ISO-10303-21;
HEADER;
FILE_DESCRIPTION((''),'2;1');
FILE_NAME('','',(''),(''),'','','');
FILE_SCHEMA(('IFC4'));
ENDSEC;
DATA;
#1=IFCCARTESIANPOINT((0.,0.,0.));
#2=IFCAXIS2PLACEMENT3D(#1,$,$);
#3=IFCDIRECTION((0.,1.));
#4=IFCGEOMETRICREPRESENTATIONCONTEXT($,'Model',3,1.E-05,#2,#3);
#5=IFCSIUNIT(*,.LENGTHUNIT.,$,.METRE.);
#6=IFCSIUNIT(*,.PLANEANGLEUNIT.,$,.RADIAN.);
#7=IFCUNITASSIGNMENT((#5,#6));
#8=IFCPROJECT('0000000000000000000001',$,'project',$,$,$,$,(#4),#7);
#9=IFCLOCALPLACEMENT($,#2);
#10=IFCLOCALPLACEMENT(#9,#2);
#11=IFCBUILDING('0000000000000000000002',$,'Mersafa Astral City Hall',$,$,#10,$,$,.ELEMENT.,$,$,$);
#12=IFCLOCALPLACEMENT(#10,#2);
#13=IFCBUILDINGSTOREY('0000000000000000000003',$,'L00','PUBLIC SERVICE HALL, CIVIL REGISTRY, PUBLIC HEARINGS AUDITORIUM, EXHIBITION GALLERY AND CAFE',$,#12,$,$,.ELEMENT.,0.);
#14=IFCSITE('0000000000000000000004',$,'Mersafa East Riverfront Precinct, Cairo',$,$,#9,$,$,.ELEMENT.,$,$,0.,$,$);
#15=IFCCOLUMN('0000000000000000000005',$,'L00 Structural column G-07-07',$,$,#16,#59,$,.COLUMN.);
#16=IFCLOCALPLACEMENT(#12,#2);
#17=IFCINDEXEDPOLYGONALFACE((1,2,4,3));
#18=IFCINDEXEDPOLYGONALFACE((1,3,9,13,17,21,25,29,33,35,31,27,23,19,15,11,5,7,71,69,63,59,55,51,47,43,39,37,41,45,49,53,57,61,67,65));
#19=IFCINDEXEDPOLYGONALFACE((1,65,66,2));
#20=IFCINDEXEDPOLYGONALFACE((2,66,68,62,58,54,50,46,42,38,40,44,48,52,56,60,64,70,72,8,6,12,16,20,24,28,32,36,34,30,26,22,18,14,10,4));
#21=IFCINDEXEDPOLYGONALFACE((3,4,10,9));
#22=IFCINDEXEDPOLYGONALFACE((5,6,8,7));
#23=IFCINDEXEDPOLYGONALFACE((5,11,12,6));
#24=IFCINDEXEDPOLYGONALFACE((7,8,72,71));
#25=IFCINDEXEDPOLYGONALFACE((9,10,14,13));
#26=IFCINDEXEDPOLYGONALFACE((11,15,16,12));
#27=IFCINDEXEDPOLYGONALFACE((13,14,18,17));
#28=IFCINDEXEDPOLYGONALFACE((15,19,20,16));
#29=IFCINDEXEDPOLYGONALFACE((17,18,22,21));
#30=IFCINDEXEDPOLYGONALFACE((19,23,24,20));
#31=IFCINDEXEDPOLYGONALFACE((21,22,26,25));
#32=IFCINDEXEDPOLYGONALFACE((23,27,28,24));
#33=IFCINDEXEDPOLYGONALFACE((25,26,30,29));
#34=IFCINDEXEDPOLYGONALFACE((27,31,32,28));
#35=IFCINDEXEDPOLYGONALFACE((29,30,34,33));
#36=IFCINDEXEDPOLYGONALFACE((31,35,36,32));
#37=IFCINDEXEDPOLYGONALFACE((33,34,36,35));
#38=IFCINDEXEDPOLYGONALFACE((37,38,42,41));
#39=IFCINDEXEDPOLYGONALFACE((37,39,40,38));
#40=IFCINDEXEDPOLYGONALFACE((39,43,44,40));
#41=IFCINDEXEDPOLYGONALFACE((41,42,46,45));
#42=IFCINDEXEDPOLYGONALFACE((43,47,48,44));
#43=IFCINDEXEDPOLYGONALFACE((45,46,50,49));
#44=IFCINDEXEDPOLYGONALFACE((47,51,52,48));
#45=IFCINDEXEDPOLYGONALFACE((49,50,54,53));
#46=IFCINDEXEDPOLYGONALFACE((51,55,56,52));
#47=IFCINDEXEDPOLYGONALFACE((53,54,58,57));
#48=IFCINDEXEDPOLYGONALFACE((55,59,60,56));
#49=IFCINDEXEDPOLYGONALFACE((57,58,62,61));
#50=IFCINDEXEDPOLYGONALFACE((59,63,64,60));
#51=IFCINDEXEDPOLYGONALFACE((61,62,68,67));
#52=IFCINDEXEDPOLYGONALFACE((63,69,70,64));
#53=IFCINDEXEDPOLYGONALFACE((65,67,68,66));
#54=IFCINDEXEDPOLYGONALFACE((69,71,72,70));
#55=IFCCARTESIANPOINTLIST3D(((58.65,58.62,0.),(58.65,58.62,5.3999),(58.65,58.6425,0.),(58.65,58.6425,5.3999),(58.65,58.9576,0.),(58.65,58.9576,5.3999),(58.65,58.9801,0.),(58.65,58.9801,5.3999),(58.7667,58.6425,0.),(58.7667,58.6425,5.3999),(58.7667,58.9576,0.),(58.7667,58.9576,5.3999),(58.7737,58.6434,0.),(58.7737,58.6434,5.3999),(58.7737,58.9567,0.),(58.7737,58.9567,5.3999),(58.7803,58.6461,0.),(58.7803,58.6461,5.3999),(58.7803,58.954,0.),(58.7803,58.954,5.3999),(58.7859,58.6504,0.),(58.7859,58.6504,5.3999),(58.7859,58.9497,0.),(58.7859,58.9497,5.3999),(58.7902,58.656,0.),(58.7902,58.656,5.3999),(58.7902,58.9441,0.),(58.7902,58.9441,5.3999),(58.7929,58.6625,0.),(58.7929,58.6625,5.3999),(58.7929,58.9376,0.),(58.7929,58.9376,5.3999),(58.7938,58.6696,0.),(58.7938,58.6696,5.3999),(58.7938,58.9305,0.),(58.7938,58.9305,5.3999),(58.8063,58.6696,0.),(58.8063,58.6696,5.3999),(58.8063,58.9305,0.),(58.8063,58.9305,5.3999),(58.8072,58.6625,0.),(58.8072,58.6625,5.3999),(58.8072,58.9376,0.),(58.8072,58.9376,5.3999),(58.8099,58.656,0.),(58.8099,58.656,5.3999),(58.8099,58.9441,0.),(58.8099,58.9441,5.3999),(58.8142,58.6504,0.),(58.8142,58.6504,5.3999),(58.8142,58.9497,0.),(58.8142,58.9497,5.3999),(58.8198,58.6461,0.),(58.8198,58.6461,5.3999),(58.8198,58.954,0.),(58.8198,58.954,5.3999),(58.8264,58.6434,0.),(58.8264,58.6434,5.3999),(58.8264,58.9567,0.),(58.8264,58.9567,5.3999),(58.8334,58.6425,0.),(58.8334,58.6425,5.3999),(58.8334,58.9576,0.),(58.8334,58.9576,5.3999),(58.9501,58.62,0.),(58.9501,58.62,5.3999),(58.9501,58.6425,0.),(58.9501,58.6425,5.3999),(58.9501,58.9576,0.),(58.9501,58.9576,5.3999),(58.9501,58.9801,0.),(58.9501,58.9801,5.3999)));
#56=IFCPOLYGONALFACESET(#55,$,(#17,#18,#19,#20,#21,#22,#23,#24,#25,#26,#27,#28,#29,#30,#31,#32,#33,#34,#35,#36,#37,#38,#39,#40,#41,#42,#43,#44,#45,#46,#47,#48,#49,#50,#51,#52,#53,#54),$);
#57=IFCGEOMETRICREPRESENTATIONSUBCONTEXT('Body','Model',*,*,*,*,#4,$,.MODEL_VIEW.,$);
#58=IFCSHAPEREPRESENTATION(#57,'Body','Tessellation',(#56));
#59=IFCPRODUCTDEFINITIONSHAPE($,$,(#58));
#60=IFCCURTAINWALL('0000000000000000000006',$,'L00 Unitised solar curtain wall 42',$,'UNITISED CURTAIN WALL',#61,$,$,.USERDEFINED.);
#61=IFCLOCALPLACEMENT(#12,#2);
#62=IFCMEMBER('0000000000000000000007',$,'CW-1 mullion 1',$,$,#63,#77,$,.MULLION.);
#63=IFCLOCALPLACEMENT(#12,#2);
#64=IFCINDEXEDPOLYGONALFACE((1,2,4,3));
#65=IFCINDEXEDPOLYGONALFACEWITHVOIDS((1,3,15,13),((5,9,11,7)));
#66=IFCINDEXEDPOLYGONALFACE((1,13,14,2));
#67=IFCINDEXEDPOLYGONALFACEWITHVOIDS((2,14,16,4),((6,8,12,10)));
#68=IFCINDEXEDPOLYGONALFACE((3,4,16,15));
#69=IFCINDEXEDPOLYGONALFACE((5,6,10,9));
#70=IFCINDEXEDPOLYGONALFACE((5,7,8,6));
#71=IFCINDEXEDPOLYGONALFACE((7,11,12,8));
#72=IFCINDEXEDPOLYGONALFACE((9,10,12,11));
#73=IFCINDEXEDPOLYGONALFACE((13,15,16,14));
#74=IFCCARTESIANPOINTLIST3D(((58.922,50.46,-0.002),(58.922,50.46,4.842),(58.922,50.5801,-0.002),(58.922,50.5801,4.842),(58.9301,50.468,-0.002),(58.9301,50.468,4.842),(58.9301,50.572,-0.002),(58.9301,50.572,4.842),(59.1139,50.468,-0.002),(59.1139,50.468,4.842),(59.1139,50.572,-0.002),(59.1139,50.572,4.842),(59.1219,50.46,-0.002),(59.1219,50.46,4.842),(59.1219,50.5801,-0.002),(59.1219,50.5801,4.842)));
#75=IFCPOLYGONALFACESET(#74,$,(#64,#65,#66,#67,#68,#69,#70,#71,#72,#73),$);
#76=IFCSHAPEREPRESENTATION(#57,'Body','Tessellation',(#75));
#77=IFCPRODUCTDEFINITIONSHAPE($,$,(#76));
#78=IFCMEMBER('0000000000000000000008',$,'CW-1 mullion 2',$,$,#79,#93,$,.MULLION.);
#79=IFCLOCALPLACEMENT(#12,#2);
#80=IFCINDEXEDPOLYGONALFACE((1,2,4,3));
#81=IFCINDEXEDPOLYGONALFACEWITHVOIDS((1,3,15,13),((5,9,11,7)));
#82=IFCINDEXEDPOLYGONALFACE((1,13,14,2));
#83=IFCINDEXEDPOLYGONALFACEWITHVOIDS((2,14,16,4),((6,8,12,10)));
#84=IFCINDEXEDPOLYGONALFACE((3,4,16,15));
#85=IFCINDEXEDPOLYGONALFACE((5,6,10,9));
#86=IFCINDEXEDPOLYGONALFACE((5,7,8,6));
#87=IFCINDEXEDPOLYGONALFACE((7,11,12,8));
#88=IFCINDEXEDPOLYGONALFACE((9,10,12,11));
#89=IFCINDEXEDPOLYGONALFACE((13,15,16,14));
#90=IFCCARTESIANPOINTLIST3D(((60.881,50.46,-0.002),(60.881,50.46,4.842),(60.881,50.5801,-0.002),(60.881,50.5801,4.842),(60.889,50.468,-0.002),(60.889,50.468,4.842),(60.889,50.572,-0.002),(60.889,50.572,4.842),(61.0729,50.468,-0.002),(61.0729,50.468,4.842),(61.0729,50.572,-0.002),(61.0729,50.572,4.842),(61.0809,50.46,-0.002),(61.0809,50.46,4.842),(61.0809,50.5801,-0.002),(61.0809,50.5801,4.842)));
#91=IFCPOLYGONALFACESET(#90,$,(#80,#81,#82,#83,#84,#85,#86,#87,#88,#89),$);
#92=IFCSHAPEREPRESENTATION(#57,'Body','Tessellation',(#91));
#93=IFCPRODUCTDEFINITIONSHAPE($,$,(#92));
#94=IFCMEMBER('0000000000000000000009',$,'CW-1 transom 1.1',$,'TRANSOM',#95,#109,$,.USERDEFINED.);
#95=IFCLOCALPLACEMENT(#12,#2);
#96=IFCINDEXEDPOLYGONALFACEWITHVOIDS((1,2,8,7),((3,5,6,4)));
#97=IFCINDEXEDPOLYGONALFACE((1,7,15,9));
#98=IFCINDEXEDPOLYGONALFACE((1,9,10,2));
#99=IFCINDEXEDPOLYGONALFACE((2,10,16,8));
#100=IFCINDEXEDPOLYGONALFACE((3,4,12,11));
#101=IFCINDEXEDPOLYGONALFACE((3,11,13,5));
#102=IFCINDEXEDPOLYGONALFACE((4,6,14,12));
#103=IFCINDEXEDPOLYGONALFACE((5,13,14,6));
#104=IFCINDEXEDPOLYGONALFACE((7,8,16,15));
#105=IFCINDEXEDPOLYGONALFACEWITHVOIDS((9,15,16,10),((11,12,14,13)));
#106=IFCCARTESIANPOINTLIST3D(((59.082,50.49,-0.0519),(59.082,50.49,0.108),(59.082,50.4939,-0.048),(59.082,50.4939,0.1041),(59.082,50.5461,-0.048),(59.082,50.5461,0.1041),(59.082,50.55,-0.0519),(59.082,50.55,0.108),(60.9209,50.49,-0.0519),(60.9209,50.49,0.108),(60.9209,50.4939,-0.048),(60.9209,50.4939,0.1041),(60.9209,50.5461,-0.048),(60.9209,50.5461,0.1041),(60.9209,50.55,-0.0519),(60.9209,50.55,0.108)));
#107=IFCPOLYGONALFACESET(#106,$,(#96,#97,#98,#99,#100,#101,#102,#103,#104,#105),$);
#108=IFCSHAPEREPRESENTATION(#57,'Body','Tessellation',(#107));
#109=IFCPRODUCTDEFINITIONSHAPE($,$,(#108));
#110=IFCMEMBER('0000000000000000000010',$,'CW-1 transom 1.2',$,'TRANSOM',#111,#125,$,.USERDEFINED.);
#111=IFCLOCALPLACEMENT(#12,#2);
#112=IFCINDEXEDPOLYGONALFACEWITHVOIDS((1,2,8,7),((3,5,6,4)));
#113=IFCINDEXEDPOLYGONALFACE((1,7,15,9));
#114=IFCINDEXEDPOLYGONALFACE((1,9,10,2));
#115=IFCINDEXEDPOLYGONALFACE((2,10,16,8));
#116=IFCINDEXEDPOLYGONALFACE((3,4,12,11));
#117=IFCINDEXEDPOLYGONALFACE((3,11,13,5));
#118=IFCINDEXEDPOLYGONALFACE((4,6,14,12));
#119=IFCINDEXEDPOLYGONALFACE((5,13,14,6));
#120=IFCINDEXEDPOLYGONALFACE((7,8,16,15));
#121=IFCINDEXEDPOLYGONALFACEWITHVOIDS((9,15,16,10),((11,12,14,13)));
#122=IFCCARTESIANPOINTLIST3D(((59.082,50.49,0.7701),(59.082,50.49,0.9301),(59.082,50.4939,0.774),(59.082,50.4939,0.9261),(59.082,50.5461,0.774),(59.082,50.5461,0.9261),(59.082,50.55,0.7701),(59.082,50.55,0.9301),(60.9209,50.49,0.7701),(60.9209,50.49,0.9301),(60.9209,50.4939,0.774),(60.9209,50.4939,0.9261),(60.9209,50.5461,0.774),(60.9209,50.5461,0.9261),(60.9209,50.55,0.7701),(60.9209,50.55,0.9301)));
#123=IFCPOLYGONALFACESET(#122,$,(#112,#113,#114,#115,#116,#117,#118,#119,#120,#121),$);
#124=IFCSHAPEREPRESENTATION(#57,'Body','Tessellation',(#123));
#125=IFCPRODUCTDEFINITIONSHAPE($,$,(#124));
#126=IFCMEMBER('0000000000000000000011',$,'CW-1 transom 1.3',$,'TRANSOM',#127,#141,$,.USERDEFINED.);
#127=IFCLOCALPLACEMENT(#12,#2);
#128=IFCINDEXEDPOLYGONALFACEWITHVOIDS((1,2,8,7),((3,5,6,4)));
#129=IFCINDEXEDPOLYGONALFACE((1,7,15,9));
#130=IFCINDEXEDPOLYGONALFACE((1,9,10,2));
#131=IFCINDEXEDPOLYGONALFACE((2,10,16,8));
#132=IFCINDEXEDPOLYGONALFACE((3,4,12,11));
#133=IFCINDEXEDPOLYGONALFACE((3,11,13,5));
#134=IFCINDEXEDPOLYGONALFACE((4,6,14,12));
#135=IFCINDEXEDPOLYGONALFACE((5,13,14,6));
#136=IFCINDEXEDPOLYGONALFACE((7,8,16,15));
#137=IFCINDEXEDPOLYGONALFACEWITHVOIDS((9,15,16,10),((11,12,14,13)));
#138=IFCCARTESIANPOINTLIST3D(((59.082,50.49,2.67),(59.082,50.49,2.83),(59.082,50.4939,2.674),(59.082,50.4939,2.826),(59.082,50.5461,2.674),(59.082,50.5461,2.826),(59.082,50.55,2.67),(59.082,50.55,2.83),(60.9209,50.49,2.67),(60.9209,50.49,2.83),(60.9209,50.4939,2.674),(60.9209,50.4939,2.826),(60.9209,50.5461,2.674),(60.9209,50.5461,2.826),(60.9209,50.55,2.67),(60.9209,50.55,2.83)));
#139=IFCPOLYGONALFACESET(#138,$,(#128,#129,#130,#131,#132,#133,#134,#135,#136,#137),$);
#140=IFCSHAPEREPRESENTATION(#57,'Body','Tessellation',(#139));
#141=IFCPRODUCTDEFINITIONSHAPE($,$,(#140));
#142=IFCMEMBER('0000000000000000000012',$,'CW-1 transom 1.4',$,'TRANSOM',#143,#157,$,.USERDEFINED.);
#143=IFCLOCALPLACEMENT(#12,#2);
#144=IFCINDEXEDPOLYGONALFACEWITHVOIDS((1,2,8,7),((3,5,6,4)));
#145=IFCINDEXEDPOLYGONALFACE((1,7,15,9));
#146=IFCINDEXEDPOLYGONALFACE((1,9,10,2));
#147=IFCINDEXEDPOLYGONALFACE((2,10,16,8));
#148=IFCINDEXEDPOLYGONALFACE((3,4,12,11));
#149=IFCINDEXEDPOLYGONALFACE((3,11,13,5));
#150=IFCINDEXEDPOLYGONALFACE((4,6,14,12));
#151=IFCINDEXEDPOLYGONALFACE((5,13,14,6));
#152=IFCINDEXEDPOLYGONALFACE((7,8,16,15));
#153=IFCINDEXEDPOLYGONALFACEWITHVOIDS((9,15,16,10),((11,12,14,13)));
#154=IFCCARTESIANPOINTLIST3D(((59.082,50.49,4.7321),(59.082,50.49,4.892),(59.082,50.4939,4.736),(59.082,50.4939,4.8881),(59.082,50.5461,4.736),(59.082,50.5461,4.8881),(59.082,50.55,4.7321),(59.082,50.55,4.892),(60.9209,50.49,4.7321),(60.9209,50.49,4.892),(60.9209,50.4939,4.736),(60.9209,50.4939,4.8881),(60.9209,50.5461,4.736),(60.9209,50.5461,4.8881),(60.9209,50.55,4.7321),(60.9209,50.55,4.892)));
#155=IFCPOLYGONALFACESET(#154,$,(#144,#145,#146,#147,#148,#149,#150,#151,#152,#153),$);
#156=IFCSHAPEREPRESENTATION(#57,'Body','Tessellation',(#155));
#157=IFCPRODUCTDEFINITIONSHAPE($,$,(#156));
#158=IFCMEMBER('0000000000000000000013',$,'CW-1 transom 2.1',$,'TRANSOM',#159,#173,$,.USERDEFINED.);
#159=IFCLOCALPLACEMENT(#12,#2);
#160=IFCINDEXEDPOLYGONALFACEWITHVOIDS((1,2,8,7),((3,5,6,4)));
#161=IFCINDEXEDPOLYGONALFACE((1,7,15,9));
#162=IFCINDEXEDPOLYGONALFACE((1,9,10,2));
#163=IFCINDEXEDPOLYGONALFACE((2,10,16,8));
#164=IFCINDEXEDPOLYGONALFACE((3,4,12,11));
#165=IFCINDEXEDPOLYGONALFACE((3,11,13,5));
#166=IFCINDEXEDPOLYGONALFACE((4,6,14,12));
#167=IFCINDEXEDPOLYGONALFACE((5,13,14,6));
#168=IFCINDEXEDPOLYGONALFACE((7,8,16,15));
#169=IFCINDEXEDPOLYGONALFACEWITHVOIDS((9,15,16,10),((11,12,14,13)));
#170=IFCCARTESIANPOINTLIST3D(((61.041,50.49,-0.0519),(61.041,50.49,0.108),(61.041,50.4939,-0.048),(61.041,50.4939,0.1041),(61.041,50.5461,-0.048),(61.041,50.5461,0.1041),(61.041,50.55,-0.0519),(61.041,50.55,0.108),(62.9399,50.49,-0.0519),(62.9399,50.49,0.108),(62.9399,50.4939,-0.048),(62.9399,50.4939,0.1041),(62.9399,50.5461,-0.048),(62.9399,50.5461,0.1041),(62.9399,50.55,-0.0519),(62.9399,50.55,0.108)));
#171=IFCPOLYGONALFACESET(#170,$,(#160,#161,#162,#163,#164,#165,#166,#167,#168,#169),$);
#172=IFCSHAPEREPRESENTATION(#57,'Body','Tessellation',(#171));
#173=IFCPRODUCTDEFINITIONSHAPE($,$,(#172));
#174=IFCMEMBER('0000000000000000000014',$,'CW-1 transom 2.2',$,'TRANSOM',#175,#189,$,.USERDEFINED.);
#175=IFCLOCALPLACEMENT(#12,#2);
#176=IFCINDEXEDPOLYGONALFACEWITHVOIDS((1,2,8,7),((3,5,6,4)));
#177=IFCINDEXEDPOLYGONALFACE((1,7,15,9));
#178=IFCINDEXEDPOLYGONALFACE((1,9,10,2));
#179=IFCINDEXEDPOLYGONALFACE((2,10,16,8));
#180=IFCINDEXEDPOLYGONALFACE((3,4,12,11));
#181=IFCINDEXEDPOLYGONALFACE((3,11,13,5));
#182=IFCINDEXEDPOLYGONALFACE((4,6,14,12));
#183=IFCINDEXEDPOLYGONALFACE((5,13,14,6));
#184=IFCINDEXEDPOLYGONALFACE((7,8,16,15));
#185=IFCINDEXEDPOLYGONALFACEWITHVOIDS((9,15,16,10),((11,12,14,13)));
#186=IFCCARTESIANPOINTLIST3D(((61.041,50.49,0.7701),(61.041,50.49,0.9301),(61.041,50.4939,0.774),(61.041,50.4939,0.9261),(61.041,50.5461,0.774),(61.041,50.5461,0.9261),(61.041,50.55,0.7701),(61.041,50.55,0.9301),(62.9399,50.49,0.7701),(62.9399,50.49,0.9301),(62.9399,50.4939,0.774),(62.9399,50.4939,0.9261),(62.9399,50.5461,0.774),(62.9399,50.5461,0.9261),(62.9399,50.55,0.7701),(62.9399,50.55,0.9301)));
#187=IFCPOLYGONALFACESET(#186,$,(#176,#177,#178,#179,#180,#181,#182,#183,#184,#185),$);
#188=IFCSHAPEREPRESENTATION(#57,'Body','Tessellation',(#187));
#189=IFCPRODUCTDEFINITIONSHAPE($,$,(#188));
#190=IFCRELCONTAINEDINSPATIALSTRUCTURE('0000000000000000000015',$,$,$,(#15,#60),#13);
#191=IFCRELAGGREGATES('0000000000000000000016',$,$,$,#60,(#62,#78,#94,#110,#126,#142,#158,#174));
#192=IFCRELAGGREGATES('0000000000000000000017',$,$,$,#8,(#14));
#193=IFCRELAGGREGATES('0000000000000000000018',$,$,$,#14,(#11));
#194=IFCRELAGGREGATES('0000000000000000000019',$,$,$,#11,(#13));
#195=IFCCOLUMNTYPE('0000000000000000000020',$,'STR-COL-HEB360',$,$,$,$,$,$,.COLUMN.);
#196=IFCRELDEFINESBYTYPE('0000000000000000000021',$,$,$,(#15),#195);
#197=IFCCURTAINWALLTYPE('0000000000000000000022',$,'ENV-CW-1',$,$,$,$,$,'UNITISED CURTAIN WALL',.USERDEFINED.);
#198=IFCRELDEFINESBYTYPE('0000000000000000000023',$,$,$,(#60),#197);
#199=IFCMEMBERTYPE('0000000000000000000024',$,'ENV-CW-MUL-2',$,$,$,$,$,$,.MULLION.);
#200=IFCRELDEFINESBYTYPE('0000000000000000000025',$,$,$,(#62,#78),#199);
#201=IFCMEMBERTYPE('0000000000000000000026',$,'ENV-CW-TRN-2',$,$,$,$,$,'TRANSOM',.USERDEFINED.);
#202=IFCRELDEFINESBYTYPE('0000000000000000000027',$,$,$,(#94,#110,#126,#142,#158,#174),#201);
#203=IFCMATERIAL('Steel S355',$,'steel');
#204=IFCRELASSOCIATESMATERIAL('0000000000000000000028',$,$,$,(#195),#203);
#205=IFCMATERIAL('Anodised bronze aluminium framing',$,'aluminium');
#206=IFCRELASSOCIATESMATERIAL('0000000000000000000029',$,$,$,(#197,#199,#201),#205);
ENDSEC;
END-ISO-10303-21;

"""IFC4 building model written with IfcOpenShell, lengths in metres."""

from ifc_helpers import new_model, si_unit, direction, frame, origin, origin_2d, place, context, subcontext, project, spatial, hollow_rectangle, i_section, extrude, material, material_profile, profile_set, type_object, element, aggregate, save


model = new_model("IFC4")

# Units and contexts
model_context = context("Model", 3, precision=1e-05, world=origin(), true_north=direction((0.0, 1.0)))
body_context = subcontext(model_context, "Body", "Model", "MODEL_VIEW")
ifc_project = project(units=[si_unit("LENGTHUNIT", "METRE"), si_unit("PLANEANGLEUNIT", "RADIAN")], contexts=[model_context])

# Site, building, storey
site_placement = place(None, origin())
site = spatial("IfcSite", under=ifc_project, at=site_placement, Name="Mersafa East Riverfront Precinct, Cairo", CompositionType="ELEMENT", RefElevation=0.0)
building_placement = place(site_placement, origin())
building = spatial("IfcBuilding", under=site, at=building_placement, Name="Mersafa Astral City Hall", CompositionType="ELEMENT")
storey_placement = place(building_placement, origin())
storey = spatial("IfcBuildingStorey", under=building, at=storey_placement, Name="L00", Description="PUBLIC SERVICE HALL, CIVIL REGISTRY, PUBLIC HEARINGS AUDITORIUM, EXHIBITION GALLERY AND CAFE", CompositionType="ELEMENT", Elevation=0.0)

# Column
ifc_material_1 = material(Name="Steel S355", Category="steel")
ifc_material_profile_1 = material_profile(ifc_material_1, i_section(OverallWidth=0.3, OverallDepth=0.3601, WebThickness=0.0125, FlangeThickness=0.0225, FilletRadius=0.0271, at=origin_2d()), Name="HEB 360")
ifc_profile_set_1 = profile_set([ifc_material_profile_1], Name="Steel S355")
column_type = type_object("IfcColumnType", Name="STR-COL-HEB360", PredefinedType="COLUMN", material=ifc_profile_set_1)
column_placement = place(storey_placement, frame((58.8, 58.8, 0.0), z_axis=(0.0, 0.0, 1.0), x_axis=(1.0, 0.0, 0.0)))
element("IfcColumn", 1, at=column_placement, inside=storey, type_object=column_type, Name="L00 Structural column G-07-07", PredefinedType="COLUMN", context=body_context, shape_type="SweptSolid", body=[
    extrude(i_section(OverallWidth=0.3, OverallDepth=0.3601, WebThickness=0.0125, FlangeThickness=0.0225, FilletRadius=0.0271, at=origin_2d()), origin(), (0.0, 0.0, 1.0), 5.3999),
])

# Curtain wall, members
ifc_material_2 = material(Name="Anodised bronze aluminium framing", Category="aluminium")
curtain_wall_type = type_object("IfcCurtainWallType", Name="ENV-CW-1", ElementType="UNITISED CURTAIN WALL", PredefinedType="USERDEFINED", material=ifc_material_2)
curtain_wall_placement = place(storey_placement, origin())
curtain_wall = element("IfcCurtainWall", 2, at=curtain_wall_placement, inside=storey, type_object=curtain_wall_type, Name="L00 Unitised solar curtain wall 42", ObjectType="UNITISED CURTAIN WALL", PredefinedType="USERDEFINED")
ifc_material_profile_2 = material_profile(ifc_material_2, hollow_rectangle(XDim=0.1201, YDim=0.2, WallThickness=0.0081, at=origin_2d()), Name="RHS 120x200x8")
ifc_profile_set_2 = profile_set([ifc_material_profile_2], Name="Anodised bronze aluminium framing")
member_type_1 = type_object("IfcMemberType", Name="ENV-CW-MUL-2", PredefinedType="MULLION", material=ifc_profile_set_2)
member_1_placement = place(storey_placement, frame((59.022, 50.52, -0.002), z_axis=(0.0, 0.0, 1.0), x_axis=(0.0, 1.0, 0.0)))
member_1 = element("IfcMember", 3, at=member_1_placement, type_object=member_type_1, Name="CW-1 mullion 1", PredefinedType="MULLION", context=body_context, shape_type="SweptSolid", body=[
    extrude(hollow_rectangle(XDim=0.1201, YDim=0.2, WallThickness=0.0081, at=origin_2d()), origin(), (0.0, 0.0, 1.0), 4.844),
])
member_2_placement = place(storey_placement, frame((60.981, 50.52, -0.002), z_axis=(0.0, 0.0, 1.0), x_axis=(0.0, 1.0, 0.0)))
member_2 = element("IfcMember", 4, at=member_2_placement, type_object=member_type_1, Name="CW-1 mullion 2", PredefinedType="MULLION", context=body_context, shape_type="SweptSolid", body=[
    extrude(hollow_rectangle(XDim=0.1201, YDim=0.2, WallThickness=0.0081, at=origin_2d()), origin(), (0.0, 0.0, 1.0), 4.844),
])
ifc_material_profile_3 = material_profile(ifc_material_2, hollow_rectangle(XDim=0.0601, YDim=0.1599, WallThickness=0.0039, at=origin_2d()), Name="RHS 60x160x4")
ifc_profile_set_3 = profile_set([ifc_material_profile_3], Name="Anodised bronze aluminium framing")
member_type_2 = type_object("IfcMemberType", Name="ENV-CW-TRN-2", ElementType="TRANSOM", PredefinedType="USERDEFINED", material=ifc_profile_set_3)
member_3_placement = place(storey_placement, frame((59.082, 50.52, 0.0281), z_axis=(1.0, 0.0, 0.0), x_axis=(0.0, 1.0, 0.0)))
member_3 = element("IfcMember", 5, at=member_3_placement, type_object=member_type_2, Name="CW-1 transom 1.1", ObjectType="TRANSOM", PredefinedType="USERDEFINED", context=body_context, shape_type="SweptSolid", body=[
    extrude(hollow_rectangle(XDim=0.0601, YDim=0.1599, WallThickness=0.0039, at=origin_2d()), origin(), (0.0, 0.0, 1.0), 1.8389),
])
member_4_placement = place(storey_placement, frame((59.082, 50.52, 0.8501), z_axis=(1.0, 0.0, 0.0), x_axis=(0.0, 1.0, 0.0)))
member_4 = element("IfcMember", 6, at=member_4_placement, type_object=member_type_2, Name="CW-1 transom 1.2", ObjectType="TRANSOM", PredefinedType="USERDEFINED", context=body_context, shape_type="SweptSolid", body=[
    extrude(hollow_rectangle(XDim=0.0601, YDim=0.1599, WallThickness=0.0039, at=origin_2d()), origin(), (0.0, 0.0, 1.0), 1.8389),
])
member_5_placement = place(storey_placement, frame((59.082, 50.52, 2.75), z_axis=(1.0, 0.0, 0.0), x_axis=(0.0, 1.0, 0.0)))
member_5 = element("IfcMember", 7, at=member_5_placement, type_object=member_type_2, Name="CW-1 transom 1.3", ObjectType="TRANSOM", PredefinedType="USERDEFINED", context=body_context, shape_type="SweptSolid", body=[
    extrude(hollow_rectangle(XDim=0.0601, YDim=0.1599, WallThickness=0.0039, at=origin_2d()), origin(), (0.0, 0.0, 1.0), 1.8389),
])
member_6_placement = place(storey_placement, frame((59.082, 50.52, 4.812), z_axis=(1.0, 0.0, 0.0), x_axis=(0.0, 1.0, 0.0)))
member_6 = element("IfcMember", 8, at=member_6_placement, type_object=member_type_2, Name="CW-1 transom 1.4", ObjectType="TRANSOM", PredefinedType="USERDEFINED", context=body_context, shape_type="SweptSolid", body=[
    extrude(hollow_rectangle(XDim=0.0601, YDim=0.1599, WallThickness=0.0039, at=origin_2d()), origin(), (0.0, 0.0, 1.0), 1.8389),
])
member_7_placement = place(storey_placement, frame((61.041, 50.52, 0.0281), z_axis=(1.0, 0.0, 0.0), x_axis=(0.0, 1.0, 0.0)))
member_7 = element("IfcMember", 9, at=member_7_placement, type_object=member_type_2, Name="CW-1 transom 2.1", ObjectType="TRANSOM", PredefinedType="USERDEFINED", context=body_context, shape_type="SweptSolid", body=[
    extrude(hollow_rectangle(XDim=0.0601, YDim=0.1599, WallThickness=0.0039, at=origin_2d()), origin(), (0.0, 0.0, 1.0), 1.8989),
])
member_8_placement = place(storey_placement, frame((61.041, 50.52, 0.8501), z_axis=(1.0, 0.0, 0.0), x_axis=(0.0, 1.0, 0.0)))
member_8 = element("IfcMember", 10, at=member_8_placement, type_object=member_type_2, Name="CW-1 transom 2.2", ObjectType="TRANSOM", PredefinedType="USERDEFINED", context=body_context, shape_type="SweptSolid", body=[
    extrude(hollow_rectangle(XDim=0.0601, YDim=0.1599, WallThickness=0.0039, at=origin_2d()), origin(), (0.0, 0.0, 1.0), 1.8989),
])

aggregate(curtain_wall, [member_1, member_2, member_3, member_4, member_5, member_6, member_7, member_8])

save(model, "model.ifc")
